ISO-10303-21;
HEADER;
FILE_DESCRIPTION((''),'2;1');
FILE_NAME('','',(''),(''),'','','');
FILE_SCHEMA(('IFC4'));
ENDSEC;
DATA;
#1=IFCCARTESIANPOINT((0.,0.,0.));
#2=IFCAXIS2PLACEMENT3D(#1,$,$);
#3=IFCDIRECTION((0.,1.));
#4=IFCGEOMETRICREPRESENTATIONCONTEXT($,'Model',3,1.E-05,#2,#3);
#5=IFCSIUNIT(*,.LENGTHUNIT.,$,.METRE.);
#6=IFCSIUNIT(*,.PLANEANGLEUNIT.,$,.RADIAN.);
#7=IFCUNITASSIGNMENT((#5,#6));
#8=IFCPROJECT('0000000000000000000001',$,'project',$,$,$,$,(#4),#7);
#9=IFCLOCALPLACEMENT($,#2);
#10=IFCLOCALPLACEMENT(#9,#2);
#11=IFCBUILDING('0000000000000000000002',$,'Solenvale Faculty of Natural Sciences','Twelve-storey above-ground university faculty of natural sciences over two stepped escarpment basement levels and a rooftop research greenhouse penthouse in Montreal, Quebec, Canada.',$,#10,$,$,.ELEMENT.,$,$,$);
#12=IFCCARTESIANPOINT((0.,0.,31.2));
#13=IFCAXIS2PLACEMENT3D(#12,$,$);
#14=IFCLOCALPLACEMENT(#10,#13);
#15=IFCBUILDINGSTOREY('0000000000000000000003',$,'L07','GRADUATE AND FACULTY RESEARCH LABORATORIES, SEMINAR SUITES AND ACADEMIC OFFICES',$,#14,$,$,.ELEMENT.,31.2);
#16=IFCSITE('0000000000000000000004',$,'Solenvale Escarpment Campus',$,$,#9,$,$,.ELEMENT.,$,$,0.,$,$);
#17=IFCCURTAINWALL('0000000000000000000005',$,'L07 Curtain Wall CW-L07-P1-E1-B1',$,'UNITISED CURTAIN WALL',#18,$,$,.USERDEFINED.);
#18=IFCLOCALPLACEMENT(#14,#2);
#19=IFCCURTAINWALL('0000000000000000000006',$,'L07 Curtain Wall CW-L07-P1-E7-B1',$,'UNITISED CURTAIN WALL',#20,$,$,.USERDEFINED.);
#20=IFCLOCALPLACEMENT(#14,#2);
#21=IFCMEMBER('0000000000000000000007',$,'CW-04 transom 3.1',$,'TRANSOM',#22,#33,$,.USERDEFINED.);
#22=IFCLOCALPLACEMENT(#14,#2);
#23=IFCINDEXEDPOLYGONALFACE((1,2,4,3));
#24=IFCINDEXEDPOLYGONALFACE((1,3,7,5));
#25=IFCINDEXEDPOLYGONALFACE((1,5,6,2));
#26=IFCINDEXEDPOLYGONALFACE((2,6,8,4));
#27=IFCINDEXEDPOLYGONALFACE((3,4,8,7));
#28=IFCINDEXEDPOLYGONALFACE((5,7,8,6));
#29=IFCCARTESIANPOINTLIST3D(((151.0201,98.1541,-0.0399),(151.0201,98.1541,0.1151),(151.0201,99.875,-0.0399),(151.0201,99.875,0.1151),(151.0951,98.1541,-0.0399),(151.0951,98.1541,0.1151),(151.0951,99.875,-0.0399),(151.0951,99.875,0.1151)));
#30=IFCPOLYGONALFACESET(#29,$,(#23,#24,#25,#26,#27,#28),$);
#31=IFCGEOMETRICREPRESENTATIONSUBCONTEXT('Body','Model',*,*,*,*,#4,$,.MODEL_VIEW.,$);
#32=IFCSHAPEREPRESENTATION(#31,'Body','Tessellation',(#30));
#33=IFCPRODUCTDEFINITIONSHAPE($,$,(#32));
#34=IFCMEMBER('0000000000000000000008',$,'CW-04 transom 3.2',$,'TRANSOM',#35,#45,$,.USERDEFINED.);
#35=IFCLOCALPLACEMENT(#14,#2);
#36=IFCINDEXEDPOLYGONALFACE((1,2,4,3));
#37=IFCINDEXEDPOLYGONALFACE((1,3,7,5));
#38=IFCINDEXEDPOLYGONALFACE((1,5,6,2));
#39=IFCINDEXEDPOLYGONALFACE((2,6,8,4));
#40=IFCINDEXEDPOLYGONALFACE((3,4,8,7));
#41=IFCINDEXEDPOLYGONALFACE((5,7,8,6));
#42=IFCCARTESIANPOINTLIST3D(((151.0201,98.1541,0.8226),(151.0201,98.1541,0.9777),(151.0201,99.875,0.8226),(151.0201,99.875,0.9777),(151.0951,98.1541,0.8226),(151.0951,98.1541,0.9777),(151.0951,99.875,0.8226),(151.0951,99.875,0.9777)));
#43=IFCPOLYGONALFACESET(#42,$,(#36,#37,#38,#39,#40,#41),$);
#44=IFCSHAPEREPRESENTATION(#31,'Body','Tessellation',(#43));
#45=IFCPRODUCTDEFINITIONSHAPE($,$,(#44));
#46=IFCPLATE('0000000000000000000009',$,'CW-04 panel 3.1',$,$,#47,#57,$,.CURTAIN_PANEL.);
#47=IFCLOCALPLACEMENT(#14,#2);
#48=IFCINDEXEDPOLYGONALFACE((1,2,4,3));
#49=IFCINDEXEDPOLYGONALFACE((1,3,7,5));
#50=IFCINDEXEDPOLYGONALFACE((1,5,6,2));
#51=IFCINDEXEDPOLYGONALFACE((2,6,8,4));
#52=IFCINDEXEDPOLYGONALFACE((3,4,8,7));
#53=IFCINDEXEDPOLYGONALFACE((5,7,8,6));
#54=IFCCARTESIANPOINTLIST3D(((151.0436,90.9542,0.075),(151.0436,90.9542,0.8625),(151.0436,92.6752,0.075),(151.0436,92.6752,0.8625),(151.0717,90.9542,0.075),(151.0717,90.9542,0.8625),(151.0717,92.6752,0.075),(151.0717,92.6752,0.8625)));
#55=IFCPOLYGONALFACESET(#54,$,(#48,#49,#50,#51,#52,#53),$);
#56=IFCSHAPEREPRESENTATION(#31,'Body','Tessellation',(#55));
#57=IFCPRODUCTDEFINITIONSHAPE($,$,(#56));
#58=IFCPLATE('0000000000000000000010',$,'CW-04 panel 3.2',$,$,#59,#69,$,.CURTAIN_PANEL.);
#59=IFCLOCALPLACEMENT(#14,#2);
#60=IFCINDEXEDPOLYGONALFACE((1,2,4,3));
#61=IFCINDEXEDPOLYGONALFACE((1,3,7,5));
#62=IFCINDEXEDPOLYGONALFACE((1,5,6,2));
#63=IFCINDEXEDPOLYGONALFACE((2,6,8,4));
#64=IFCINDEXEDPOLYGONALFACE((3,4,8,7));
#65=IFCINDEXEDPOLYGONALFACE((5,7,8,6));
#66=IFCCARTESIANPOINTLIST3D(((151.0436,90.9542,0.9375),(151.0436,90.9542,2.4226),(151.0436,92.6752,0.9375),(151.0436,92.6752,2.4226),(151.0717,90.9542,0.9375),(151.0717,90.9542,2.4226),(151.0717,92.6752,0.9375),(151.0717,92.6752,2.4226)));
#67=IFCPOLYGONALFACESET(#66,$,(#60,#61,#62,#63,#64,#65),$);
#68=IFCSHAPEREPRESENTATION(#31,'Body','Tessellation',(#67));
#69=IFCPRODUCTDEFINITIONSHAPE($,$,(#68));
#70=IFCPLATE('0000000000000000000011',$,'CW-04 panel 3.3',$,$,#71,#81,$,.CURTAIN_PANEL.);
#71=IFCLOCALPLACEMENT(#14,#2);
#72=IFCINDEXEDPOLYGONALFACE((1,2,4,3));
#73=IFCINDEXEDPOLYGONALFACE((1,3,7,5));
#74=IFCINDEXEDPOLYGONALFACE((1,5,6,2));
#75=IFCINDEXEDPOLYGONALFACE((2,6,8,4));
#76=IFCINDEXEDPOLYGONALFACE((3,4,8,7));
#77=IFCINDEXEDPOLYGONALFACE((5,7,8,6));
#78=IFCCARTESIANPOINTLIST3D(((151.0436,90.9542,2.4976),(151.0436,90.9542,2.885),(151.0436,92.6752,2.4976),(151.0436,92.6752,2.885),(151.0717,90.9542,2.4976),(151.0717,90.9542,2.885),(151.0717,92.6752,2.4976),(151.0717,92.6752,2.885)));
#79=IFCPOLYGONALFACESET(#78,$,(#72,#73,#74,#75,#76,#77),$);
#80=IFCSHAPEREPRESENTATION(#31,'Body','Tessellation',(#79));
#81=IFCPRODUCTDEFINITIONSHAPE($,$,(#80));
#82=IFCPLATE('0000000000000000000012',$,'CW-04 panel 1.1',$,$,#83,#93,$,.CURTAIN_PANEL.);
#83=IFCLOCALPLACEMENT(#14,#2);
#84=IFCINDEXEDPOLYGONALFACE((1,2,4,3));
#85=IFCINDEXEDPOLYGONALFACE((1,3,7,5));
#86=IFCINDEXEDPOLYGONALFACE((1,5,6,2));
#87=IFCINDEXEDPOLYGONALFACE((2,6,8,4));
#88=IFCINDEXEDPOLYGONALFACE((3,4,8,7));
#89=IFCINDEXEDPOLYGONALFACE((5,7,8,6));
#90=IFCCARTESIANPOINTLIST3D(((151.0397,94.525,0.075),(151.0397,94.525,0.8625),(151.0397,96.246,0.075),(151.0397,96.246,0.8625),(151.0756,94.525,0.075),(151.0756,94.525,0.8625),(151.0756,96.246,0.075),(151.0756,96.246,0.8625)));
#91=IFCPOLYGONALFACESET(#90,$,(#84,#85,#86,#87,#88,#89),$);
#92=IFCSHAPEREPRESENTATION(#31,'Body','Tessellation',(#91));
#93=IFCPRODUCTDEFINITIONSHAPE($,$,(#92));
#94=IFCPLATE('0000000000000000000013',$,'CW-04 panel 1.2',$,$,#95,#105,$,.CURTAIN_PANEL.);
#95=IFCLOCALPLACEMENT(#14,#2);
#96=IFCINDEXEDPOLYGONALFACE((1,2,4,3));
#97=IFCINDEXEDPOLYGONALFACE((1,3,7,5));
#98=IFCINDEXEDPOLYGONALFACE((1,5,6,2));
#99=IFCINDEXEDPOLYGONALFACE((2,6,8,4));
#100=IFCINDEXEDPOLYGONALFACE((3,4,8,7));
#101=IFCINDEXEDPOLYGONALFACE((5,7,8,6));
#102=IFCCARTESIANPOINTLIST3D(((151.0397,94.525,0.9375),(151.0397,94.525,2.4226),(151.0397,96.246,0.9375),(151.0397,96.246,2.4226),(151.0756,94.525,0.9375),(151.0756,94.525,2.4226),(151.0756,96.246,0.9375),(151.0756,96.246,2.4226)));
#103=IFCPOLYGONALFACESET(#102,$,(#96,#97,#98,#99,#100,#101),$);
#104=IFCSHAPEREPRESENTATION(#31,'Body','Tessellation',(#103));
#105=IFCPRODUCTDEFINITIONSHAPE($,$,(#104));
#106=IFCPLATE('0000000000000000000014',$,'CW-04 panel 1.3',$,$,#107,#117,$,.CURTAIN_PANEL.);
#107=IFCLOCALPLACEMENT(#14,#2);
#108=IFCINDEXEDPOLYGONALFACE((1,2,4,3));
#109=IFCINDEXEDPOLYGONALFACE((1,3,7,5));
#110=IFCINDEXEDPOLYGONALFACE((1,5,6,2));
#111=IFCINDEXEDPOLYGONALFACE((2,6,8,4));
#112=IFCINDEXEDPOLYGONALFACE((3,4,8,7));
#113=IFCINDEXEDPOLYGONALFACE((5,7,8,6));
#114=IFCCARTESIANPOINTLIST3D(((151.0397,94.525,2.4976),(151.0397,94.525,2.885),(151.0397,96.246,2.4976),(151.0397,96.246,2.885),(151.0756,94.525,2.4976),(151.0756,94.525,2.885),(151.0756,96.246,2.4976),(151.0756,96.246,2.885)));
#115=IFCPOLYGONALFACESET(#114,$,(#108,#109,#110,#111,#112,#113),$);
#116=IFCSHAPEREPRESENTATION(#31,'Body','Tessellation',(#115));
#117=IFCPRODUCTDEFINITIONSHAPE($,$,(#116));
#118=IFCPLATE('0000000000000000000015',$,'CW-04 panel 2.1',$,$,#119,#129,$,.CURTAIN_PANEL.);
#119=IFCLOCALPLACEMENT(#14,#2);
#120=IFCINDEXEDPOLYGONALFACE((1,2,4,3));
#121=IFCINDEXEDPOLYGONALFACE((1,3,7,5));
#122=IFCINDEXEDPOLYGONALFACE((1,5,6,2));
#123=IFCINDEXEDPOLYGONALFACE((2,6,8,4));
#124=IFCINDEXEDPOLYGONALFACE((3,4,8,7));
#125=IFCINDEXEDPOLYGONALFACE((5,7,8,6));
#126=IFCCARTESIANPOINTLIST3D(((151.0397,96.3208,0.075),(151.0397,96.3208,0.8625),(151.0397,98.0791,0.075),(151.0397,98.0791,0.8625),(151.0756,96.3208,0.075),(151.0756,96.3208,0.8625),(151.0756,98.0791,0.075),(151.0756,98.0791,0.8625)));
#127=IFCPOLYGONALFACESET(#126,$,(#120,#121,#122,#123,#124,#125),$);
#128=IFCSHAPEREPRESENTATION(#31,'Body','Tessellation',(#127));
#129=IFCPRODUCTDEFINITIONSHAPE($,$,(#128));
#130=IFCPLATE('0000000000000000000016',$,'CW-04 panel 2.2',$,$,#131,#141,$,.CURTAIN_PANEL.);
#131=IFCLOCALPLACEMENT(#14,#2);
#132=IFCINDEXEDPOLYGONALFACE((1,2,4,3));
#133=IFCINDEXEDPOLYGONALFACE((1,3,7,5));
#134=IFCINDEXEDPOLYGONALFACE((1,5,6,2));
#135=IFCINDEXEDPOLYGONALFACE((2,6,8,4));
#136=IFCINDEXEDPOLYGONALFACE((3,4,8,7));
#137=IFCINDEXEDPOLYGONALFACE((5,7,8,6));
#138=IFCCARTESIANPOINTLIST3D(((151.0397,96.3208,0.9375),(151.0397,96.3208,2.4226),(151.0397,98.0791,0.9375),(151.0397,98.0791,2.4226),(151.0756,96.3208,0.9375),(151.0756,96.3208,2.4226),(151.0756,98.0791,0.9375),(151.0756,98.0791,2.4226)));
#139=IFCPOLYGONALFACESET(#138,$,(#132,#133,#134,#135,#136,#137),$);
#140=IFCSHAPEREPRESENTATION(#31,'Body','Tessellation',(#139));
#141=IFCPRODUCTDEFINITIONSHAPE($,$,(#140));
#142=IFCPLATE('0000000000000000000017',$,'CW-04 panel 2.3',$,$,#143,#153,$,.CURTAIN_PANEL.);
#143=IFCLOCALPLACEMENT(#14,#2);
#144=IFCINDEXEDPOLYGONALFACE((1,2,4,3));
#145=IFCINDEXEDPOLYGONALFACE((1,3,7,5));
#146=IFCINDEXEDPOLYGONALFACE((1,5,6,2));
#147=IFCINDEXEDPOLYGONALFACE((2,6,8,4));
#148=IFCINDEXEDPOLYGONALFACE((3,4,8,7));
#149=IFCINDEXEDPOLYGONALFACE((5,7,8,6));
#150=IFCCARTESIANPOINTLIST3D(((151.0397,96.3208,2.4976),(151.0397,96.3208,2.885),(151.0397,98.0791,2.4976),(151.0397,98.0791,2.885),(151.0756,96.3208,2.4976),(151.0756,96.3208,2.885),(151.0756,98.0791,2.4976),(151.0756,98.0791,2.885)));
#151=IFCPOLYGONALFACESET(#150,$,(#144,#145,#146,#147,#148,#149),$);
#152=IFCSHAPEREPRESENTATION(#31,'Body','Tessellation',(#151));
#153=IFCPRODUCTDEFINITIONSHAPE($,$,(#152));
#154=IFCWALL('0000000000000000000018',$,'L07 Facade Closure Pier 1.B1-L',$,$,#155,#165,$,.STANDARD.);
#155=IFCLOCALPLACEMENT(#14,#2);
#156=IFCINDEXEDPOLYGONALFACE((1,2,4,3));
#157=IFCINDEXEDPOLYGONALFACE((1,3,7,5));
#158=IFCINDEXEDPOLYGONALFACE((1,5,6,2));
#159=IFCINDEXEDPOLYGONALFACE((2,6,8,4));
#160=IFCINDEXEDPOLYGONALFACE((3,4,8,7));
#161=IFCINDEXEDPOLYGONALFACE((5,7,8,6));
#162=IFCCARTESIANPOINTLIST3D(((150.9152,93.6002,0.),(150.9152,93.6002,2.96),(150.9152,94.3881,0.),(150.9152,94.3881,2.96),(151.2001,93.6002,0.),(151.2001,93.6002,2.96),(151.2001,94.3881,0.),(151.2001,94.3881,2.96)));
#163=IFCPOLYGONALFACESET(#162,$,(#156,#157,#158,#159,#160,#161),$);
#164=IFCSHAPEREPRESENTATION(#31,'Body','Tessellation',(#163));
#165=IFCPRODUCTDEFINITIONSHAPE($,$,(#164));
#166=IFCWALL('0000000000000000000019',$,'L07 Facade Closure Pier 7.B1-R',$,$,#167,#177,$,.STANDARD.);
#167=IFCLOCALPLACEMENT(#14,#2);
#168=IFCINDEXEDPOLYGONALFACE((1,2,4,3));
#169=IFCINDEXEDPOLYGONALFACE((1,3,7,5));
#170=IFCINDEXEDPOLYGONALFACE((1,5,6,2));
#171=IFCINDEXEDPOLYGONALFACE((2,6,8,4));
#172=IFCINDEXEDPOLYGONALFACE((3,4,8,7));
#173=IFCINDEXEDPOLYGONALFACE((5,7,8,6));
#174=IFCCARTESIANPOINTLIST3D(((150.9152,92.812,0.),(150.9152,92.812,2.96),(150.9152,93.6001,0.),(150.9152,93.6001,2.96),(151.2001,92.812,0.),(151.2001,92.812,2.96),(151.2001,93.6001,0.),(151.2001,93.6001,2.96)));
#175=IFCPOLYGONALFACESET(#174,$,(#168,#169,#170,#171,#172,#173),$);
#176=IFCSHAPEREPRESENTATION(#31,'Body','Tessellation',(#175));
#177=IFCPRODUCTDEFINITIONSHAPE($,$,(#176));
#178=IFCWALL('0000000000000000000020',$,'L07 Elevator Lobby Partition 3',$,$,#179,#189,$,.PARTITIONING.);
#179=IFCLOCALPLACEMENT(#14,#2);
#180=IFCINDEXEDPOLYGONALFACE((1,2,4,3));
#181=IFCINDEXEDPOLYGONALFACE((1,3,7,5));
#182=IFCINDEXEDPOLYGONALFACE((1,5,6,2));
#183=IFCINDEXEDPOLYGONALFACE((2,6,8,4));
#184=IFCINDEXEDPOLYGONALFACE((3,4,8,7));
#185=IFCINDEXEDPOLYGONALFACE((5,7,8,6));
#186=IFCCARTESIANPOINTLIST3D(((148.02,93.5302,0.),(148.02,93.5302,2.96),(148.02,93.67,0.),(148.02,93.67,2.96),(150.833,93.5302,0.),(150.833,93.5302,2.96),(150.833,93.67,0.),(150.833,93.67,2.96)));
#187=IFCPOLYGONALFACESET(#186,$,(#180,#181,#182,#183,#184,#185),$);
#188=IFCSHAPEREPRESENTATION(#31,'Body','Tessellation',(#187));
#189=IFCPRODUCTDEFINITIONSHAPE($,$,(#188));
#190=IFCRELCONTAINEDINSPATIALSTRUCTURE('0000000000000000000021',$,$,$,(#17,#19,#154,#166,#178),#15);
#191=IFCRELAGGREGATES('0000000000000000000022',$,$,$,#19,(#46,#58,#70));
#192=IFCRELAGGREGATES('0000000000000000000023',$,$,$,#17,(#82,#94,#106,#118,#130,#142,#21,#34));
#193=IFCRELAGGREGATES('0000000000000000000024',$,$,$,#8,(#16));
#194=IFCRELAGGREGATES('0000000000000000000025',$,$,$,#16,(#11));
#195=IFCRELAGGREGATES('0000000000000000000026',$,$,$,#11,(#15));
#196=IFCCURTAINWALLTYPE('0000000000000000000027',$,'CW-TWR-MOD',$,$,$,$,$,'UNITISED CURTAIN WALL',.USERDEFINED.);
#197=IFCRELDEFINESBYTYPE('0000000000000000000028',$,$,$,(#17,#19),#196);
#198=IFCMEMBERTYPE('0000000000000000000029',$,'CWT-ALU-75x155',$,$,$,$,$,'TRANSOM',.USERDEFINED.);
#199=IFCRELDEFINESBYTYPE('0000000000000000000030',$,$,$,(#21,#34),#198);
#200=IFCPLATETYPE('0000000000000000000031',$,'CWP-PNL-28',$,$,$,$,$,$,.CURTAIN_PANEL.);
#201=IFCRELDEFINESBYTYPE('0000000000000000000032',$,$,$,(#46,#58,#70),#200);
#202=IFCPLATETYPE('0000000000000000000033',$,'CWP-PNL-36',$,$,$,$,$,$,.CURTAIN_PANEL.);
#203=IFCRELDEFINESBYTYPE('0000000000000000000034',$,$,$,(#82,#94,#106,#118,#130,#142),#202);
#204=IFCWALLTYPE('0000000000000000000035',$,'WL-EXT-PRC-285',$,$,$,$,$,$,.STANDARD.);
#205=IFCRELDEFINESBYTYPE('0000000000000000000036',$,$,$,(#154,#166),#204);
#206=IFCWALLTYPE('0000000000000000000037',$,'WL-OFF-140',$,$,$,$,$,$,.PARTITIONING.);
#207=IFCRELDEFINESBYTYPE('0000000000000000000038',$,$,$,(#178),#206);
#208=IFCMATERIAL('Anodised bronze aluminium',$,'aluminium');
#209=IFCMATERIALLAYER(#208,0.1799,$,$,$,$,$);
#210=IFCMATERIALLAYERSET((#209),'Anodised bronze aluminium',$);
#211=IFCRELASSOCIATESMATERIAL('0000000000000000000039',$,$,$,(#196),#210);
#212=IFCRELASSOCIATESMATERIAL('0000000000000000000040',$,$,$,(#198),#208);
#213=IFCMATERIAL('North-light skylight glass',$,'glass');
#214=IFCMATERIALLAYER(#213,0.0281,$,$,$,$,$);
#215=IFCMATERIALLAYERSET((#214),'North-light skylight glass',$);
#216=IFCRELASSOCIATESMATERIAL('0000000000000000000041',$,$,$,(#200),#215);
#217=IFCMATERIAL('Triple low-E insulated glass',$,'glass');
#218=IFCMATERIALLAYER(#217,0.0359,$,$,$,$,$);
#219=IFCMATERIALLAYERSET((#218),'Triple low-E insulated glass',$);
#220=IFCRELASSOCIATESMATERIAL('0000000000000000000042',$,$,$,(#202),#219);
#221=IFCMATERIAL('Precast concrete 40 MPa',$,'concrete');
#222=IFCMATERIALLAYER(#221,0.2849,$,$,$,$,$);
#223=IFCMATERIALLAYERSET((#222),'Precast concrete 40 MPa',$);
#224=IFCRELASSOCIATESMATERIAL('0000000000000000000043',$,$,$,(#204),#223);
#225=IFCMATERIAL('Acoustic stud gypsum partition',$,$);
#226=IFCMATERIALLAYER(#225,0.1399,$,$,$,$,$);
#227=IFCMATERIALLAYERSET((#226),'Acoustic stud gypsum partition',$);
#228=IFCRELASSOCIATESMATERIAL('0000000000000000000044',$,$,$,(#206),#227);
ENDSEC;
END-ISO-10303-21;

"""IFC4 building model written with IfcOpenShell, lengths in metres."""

from ifc_helpers import new_model, si_unit, direction, frame, frame_2d, origin, origin_2d, place, context, subcontext, project, spatial, rectangle, extrude, material, layer, layer_set, material_profile, profile_set, type_object, element, aggregate, save


model = new_model("IFC4")

# Units and contexts
model_context = context("Model", 3, precision=1e-05, world=origin(), true_north=direction((0.0, 1.0)))
body_context = subcontext(model_context, "Body", "Model", "MODEL_VIEW")
ifc_project = project(units=[si_unit("LENGTHUNIT", "METRE"), si_unit("PLANEANGLEUNIT", "RADIAN")], contexts=[model_context])

# Site, building, storey
site_placement = place(None, origin())
site = spatial("IfcSite", under=ifc_project, at=site_placement, Name="Solenvale Escarpment Campus", CompositionType="ELEMENT", RefElevation=0.0)
building_placement = place(site_placement, origin())
building = spatial("IfcBuilding", under=site, at=building_placement, Name="Solenvale Faculty of Natural Sciences", Description="Twelve-storey above-ground university faculty of natural sciences over two stepped escarpment basement levels and a rooftop research greenhouse penthouse in Montreal, Quebec, Canada.", CompositionType="ELEMENT")
storey_placement = place(building_placement, frame((0.0, 0.0, 31.2)))
storey = spatial("IfcBuildingStorey", under=building, at=storey_placement, Name="L07", Description="GRADUATE AND FACULTY RESEARCH LABORATORIES, SEMINAR SUITES AND ACADEMIC OFFICES", CompositionType="ELEMENT", Elevation=31.2)

# Curtain wall
ifc_material_1 = material(Name="Anodised bronze aluminium", Category="aluminium")
ifc_layer_1 = layer(ifc_material_1, 0.1799)
ifc_layer_set_1 = layer_set([ifc_layer_1], Name="Anodised bronze aluminium")
curtain_wall_type = type_object("IfcCurtainWallType", Name="CW-TWR-MOD", ElementType="UNITISED CURTAIN WALL", PredefinedType="USERDEFINED", material=ifc_layer_set_1)
curtain_wall_1_placement = place(storey_placement, origin())
curtain_wall_1 = element("IfcCurtainWall", 1, at=curtain_wall_1_placement, inside=storey, type_object=curtain_wall_type, Name="L07 Curtain Wall CW-L07-P1-E1-B1", ObjectType="UNITISED CURTAIN WALL", PredefinedType="USERDEFINED")

# Curtain wall
curtain_wall_2_placement = place(storey_placement, origin())
curtain_wall_2 = element("IfcCurtainWall", 2, at=curtain_wall_2_placement, inside=storey, type_object=curtain_wall_type, Name="L07 Curtain Wall CW-L07-P1-E7-B1", ObjectType="UNITISED CURTAIN WALL", PredefinedType="USERDEFINED")

# Members
ifc_material_profile_1 = material_profile(ifc_material_1, rectangle(XDim=0.075, YDim=0.155, at=origin_2d()), Name="ALU-TRN-75x155")
ifc_profile_set_1 = profile_set([ifc_material_profile_1], Name="Anodised bronze aluminium")
member_type_1 = type_object("IfcMemberType", Name="CWT-ALU-75x155", ElementType="TRANSOM", PredefinedType="USERDEFINED", material=ifc_profile_set_1)
member_1_placement = place(storey_placement, frame((151.0576, 98.1541, 0.0376), z_axis=(0.0, 1.0, 0.0), x_axis=(-1.0, 0.0, 0.0)))
member_1 = element("IfcMember", 3, at=member_1_placement, type_object=member_type_1, Name="CW-04 transom 3.1", ObjectType="TRANSOM", PredefinedType="USERDEFINED", context=body_context, shape_type="SweptSolid", body=[
    extrude(rectangle(XDim=0.075, YDim=0.155, at=origin_2d()), origin(), (0.0, 0.0, 1.0), 1.7209),
])
member_2_placement = place(storey_placement, frame((151.0576, 98.1541, 0.9001), z_axis=(0.0, 1.0, 0.0), x_axis=(-1.0, 0.0, 0.0)))
member_2 = element("IfcMember", 4, at=member_2_placement, type_object=member_type_1, Name="CW-04 transom 3.2", ObjectType="TRANSOM", PredefinedType="USERDEFINED", context=body_context, shape_type="SweptSolid", body=[
    extrude(rectangle(XDim=0.075, YDim=0.155, at=origin_2d()), origin(), (0.0, 0.0, 1.0), 1.7209),
])

# Plates
ifc_material_2 = material(Name="North-light skylight glass", Category="glass")
ifc_layer_2 = layer(ifc_material_2, 0.0281)
ifc_layer_set_2 = layer_set([ifc_layer_2], Name="North-light skylight glass")
plate_type_1 = type_object("IfcPlateType", Name="CWP-PNL-28", PredefinedType="CURTAIN_PANEL", material=ifc_layer_set_2)
plate_1_placement = place(storey_placement, frame((151.0576, 91.8147, 0.075), z_axis=(0.0, 0.0, 1.0), x_axis=(0.0, 1.0, 0.0)))
plate_1 = element("IfcPlate", 5, at=plate_1_placement, type_object=plate_type_1, Name="CW-04 panel 3.1", PredefinedType="CURTAIN_PANEL", context=body_context, shape_type="SweptSolid", body=[
    extrude(rectangle(XDim=1.7209, YDim=0.0281, at=origin_2d()), origin(), (0.0, 0.0, 1.0), 0.7876),
])
plate_2_placement = place(storey_placement, frame((151.0576, 91.8147, 0.9375), z_axis=(0.0, 0.0, 1.0), x_axis=(0.0, 1.0, 0.0)))
plate_2 = element("IfcPlate", 6, at=plate_2_placement, type_object=plate_type_1, Name="CW-04 panel 3.2", PredefinedType="CURTAIN_PANEL", context=body_context, shape_type="SweptSolid", body=[
    extrude(rectangle(XDim=1.7209, YDim=0.0281, at=origin_2d()), origin(), (0.0, 0.0, 1.0), 1.4851),
])
plate_3_placement = place(storey_placement, frame((151.0576, 91.8147, 2.4976), z_axis=(0.0, 0.0, 1.0), x_axis=(0.0, 1.0, 0.0)))
plate_3 = element("IfcPlate", 7, at=plate_3_placement, type_object=plate_type_1, Name="CW-04 panel 3.3", PredefinedType="CURTAIN_PANEL", context=body_context, shape_type="SweptSolid", body=[
    extrude(rectangle(XDim=1.7209, YDim=0.0281, at=origin_2d()), origin(), (0.0, 0.0, 1.0), 0.3875),
])
aggregate(curtain_wall_2, [plate_1, plate_2, plate_3])
ifc_material_3 = material(Name="Triple low-E insulated glass", Category="glass")
ifc_layer_3 = layer(ifc_material_3, 0.0359)
ifc_layer_set_3 = layer_set([ifc_layer_3], Name="Triple low-E insulated glass")
plate_type_2 = type_object("IfcPlateType", Name="CWP-PNL-36", PredefinedType="CURTAIN_PANEL", material=ifc_layer_set_3)
plate_4_placement = place(storey_placement, frame((151.0576, 95.3855, 0.075), z_axis=(0.0, 0.0, 1.0), x_axis=(0.0, 1.0, 0.0)))
plate_4 = element("IfcPlate", 8, at=plate_4_placement, type_object=plate_type_2, Name="CW-04 panel 1.1", PredefinedType="CURTAIN_PANEL", context=body_context, shape_type="SweptSolid", body=[
    extrude(rectangle(XDim=1.7209, YDim=0.0359, at=origin_2d()), origin(), (0.0, 0.0, 1.0), 0.7876),
])
plate_5_placement = place(storey_placement, frame((151.0576, 95.3855, 0.9375), z_axis=(0.0, 0.0, 1.0), x_axis=(0.0, 1.0, 0.0)))
plate_5 = element("IfcPlate", 9, at=plate_5_placement, type_object=plate_type_2, Name="CW-04 panel 1.2", PredefinedType="CURTAIN_PANEL", context=body_context, shape_type="SweptSolid", body=[
    extrude(rectangle(XDim=1.7209, YDim=0.0359, at=origin_2d()), origin(), (0.0, 0.0, 1.0), 1.4851),
])
plate_6_placement = place(storey_placement, frame((151.0576, 95.3855, 2.4976), z_axis=(0.0, 0.0, 1.0), x_axis=(0.0, 1.0, 0.0)))
plate_6 = element("IfcPlate", 10, at=plate_6_placement, type_object=plate_type_2, Name="CW-04 panel 1.3", PredefinedType="CURTAIN_PANEL", context=body_context, shape_type="SweptSolid", body=[
    extrude(rectangle(XDim=1.7209, YDim=0.0359, at=origin_2d()), origin(), (0.0, 0.0, 1.0), 0.3875),
])
plate_7_placement = place(storey_placement, frame((151.0576, 97.2, 0.075), z_axis=(0.0, 0.0, 1.0), x_axis=(0.0, 1.0, 0.0)))
plate_7 = element("IfcPlate", 11, at=plate_7_placement, type_object=plate_type_2, Name="CW-04 panel 2.1", PredefinedType="CURTAIN_PANEL", context=body_context, shape_type="SweptSolid", body=[
    extrude(rectangle(XDim=1.7583, YDim=0.0359, at=origin_2d()), origin(), (0.0, 0.0, 1.0), 0.7876),
])
plate_8_placement = place(storey_placement, frame((151.0576, 97.2, 0.9375), z_axis=(0.0, 0.0, 1.0), x_axis=(0.0, 1.0, 0.0)))
plate_8 = element("IfcPlate", 12, at=plate_8_placement, type_object=plate_type_2, Name="CW-04 panel 2.2", PredefinedType="CURTAIN_PANEL", context=body_context, shape_type="SweptSolid", body=[
    extrude(rectangle(XDim=1.7583, YDim=0.0359, at=origin_2d()), origin(), (0.0, 0.0, 1.0), 1.4851),
])
plate_9_placement = place(storey_placement, frame((151.0576, 97.2, 2.4976), z_axis=(0.0, 0.0, 1.0), x_axis=(0.0, 1.0, 0.0)))
plate_9 = element("IfcPlate", 13, at=plate_9_placement, type_object=plate_type_2, Name="CW-04 panel 2.3", PredefinedType="CURTAIN_PANEL", context=body_context, shape_type="SweptSolid", body=[
    extrude(rectangle(XDim=1.7583, YDim=0.0359, at=origin_2d()), origin(), (0.0, 0.0, 1.0), 0.3875),
])
aggregate(curtain_wall_1, [plate_4, plate_5, plate_6, plate_7, plate_8, plate_9, member_1, member_2])

# Walls
ifc_material_4 = material(Name="Precast concrete 40 MPa", Category="concrete")
ifc_layer_4 = layer(ifc_material_4, 0.2849)
ifc_layer_set_4 = layer_set([ifc_layer_4], Name="Precast concrete 40 MPa")
wall_type_1 = type_object("IfcWallType", Name="WL-EXT-PRC-285", PredefinedType="STANDARD", material=ifc_layer_set_4)
wall_1_placement = place(storey_placement, frame((151.0576, 93.6001, 0.0), z_axis=(0.0, 0.0, 1.0), x_axis=(0.0, 1.0, 0.0)))
element("IfcWall", 14, at=wall_1_placement, inside=storey, type_object=wall_type_1, Name="L07 Facade Closure Pier 1.B1-L", PredefinedType="STANDARD", context=body_context, shape_type="SweptSolid", body=[
    extrude(rectangle(XDim=0.7878, YDim=0.2849, at=frame_2d((0.394, 0.0))), origin(), (0.0, 0.0, 1.0), 2.96),
])
wall_2_placement = place(storey_placement, frame((151.0576, 92.812, 0.0), z_axis=(0.0, 0.0, 1.0), x_axis=(0.0, 1.0, 0.0)))
element("IfcWall", 15, at=wall_2_placement, inside=storey, type_object=wall_type_1, Name="L07 Facade Closure Pier 7.B1-R", PredefinedType="STANDARD", context=body_context, shape_type="SweptSolid", body=[
    extrude(rectangle(XDim=0.7881, YDim=0.2849, at=frame_2d((0.394, 0.0))), origin(), (0.0, 0.0, 1.0), 2.96),
])
ifc_material_5 = material(Name="Acoustic stud gypsum partition")
ifc_layer_5 = layer(ifc_material_5, 0.1399)
ifc_layer_set_5 = layer_set([ifc_layer_5], Name="Acoustic stud gypsum partition")
wall_type_2 = type_object("IfcWallType", Name="WL-OFF-140", PredefinedType="PARTITIONING", material=ifc_layer_set_5)
wall_3_placement = place(storey_placement, frame((150.833, 93.6001, 0.0), z_axis=(0.0, 0.0, 1.0), x_axis=(-1.0, 0.0, 0.0)))
element("IfcWall", 16, at=wall_3_placement, inside=storey, type_object=wall_type_2, Name="L07 Elevator Lobby Partition 3", PredefinedType="PARTITIONING", context=body_context, shape_type="SweptSolid", body=[
    extrude(rectangle(XDim=2.813, YDim=0.1399, at=frame_2d((1.4065, 0.0))), origin(), (0.0, 0.0, 1.0), 2.96),
])

save(model, "model.ifc")
